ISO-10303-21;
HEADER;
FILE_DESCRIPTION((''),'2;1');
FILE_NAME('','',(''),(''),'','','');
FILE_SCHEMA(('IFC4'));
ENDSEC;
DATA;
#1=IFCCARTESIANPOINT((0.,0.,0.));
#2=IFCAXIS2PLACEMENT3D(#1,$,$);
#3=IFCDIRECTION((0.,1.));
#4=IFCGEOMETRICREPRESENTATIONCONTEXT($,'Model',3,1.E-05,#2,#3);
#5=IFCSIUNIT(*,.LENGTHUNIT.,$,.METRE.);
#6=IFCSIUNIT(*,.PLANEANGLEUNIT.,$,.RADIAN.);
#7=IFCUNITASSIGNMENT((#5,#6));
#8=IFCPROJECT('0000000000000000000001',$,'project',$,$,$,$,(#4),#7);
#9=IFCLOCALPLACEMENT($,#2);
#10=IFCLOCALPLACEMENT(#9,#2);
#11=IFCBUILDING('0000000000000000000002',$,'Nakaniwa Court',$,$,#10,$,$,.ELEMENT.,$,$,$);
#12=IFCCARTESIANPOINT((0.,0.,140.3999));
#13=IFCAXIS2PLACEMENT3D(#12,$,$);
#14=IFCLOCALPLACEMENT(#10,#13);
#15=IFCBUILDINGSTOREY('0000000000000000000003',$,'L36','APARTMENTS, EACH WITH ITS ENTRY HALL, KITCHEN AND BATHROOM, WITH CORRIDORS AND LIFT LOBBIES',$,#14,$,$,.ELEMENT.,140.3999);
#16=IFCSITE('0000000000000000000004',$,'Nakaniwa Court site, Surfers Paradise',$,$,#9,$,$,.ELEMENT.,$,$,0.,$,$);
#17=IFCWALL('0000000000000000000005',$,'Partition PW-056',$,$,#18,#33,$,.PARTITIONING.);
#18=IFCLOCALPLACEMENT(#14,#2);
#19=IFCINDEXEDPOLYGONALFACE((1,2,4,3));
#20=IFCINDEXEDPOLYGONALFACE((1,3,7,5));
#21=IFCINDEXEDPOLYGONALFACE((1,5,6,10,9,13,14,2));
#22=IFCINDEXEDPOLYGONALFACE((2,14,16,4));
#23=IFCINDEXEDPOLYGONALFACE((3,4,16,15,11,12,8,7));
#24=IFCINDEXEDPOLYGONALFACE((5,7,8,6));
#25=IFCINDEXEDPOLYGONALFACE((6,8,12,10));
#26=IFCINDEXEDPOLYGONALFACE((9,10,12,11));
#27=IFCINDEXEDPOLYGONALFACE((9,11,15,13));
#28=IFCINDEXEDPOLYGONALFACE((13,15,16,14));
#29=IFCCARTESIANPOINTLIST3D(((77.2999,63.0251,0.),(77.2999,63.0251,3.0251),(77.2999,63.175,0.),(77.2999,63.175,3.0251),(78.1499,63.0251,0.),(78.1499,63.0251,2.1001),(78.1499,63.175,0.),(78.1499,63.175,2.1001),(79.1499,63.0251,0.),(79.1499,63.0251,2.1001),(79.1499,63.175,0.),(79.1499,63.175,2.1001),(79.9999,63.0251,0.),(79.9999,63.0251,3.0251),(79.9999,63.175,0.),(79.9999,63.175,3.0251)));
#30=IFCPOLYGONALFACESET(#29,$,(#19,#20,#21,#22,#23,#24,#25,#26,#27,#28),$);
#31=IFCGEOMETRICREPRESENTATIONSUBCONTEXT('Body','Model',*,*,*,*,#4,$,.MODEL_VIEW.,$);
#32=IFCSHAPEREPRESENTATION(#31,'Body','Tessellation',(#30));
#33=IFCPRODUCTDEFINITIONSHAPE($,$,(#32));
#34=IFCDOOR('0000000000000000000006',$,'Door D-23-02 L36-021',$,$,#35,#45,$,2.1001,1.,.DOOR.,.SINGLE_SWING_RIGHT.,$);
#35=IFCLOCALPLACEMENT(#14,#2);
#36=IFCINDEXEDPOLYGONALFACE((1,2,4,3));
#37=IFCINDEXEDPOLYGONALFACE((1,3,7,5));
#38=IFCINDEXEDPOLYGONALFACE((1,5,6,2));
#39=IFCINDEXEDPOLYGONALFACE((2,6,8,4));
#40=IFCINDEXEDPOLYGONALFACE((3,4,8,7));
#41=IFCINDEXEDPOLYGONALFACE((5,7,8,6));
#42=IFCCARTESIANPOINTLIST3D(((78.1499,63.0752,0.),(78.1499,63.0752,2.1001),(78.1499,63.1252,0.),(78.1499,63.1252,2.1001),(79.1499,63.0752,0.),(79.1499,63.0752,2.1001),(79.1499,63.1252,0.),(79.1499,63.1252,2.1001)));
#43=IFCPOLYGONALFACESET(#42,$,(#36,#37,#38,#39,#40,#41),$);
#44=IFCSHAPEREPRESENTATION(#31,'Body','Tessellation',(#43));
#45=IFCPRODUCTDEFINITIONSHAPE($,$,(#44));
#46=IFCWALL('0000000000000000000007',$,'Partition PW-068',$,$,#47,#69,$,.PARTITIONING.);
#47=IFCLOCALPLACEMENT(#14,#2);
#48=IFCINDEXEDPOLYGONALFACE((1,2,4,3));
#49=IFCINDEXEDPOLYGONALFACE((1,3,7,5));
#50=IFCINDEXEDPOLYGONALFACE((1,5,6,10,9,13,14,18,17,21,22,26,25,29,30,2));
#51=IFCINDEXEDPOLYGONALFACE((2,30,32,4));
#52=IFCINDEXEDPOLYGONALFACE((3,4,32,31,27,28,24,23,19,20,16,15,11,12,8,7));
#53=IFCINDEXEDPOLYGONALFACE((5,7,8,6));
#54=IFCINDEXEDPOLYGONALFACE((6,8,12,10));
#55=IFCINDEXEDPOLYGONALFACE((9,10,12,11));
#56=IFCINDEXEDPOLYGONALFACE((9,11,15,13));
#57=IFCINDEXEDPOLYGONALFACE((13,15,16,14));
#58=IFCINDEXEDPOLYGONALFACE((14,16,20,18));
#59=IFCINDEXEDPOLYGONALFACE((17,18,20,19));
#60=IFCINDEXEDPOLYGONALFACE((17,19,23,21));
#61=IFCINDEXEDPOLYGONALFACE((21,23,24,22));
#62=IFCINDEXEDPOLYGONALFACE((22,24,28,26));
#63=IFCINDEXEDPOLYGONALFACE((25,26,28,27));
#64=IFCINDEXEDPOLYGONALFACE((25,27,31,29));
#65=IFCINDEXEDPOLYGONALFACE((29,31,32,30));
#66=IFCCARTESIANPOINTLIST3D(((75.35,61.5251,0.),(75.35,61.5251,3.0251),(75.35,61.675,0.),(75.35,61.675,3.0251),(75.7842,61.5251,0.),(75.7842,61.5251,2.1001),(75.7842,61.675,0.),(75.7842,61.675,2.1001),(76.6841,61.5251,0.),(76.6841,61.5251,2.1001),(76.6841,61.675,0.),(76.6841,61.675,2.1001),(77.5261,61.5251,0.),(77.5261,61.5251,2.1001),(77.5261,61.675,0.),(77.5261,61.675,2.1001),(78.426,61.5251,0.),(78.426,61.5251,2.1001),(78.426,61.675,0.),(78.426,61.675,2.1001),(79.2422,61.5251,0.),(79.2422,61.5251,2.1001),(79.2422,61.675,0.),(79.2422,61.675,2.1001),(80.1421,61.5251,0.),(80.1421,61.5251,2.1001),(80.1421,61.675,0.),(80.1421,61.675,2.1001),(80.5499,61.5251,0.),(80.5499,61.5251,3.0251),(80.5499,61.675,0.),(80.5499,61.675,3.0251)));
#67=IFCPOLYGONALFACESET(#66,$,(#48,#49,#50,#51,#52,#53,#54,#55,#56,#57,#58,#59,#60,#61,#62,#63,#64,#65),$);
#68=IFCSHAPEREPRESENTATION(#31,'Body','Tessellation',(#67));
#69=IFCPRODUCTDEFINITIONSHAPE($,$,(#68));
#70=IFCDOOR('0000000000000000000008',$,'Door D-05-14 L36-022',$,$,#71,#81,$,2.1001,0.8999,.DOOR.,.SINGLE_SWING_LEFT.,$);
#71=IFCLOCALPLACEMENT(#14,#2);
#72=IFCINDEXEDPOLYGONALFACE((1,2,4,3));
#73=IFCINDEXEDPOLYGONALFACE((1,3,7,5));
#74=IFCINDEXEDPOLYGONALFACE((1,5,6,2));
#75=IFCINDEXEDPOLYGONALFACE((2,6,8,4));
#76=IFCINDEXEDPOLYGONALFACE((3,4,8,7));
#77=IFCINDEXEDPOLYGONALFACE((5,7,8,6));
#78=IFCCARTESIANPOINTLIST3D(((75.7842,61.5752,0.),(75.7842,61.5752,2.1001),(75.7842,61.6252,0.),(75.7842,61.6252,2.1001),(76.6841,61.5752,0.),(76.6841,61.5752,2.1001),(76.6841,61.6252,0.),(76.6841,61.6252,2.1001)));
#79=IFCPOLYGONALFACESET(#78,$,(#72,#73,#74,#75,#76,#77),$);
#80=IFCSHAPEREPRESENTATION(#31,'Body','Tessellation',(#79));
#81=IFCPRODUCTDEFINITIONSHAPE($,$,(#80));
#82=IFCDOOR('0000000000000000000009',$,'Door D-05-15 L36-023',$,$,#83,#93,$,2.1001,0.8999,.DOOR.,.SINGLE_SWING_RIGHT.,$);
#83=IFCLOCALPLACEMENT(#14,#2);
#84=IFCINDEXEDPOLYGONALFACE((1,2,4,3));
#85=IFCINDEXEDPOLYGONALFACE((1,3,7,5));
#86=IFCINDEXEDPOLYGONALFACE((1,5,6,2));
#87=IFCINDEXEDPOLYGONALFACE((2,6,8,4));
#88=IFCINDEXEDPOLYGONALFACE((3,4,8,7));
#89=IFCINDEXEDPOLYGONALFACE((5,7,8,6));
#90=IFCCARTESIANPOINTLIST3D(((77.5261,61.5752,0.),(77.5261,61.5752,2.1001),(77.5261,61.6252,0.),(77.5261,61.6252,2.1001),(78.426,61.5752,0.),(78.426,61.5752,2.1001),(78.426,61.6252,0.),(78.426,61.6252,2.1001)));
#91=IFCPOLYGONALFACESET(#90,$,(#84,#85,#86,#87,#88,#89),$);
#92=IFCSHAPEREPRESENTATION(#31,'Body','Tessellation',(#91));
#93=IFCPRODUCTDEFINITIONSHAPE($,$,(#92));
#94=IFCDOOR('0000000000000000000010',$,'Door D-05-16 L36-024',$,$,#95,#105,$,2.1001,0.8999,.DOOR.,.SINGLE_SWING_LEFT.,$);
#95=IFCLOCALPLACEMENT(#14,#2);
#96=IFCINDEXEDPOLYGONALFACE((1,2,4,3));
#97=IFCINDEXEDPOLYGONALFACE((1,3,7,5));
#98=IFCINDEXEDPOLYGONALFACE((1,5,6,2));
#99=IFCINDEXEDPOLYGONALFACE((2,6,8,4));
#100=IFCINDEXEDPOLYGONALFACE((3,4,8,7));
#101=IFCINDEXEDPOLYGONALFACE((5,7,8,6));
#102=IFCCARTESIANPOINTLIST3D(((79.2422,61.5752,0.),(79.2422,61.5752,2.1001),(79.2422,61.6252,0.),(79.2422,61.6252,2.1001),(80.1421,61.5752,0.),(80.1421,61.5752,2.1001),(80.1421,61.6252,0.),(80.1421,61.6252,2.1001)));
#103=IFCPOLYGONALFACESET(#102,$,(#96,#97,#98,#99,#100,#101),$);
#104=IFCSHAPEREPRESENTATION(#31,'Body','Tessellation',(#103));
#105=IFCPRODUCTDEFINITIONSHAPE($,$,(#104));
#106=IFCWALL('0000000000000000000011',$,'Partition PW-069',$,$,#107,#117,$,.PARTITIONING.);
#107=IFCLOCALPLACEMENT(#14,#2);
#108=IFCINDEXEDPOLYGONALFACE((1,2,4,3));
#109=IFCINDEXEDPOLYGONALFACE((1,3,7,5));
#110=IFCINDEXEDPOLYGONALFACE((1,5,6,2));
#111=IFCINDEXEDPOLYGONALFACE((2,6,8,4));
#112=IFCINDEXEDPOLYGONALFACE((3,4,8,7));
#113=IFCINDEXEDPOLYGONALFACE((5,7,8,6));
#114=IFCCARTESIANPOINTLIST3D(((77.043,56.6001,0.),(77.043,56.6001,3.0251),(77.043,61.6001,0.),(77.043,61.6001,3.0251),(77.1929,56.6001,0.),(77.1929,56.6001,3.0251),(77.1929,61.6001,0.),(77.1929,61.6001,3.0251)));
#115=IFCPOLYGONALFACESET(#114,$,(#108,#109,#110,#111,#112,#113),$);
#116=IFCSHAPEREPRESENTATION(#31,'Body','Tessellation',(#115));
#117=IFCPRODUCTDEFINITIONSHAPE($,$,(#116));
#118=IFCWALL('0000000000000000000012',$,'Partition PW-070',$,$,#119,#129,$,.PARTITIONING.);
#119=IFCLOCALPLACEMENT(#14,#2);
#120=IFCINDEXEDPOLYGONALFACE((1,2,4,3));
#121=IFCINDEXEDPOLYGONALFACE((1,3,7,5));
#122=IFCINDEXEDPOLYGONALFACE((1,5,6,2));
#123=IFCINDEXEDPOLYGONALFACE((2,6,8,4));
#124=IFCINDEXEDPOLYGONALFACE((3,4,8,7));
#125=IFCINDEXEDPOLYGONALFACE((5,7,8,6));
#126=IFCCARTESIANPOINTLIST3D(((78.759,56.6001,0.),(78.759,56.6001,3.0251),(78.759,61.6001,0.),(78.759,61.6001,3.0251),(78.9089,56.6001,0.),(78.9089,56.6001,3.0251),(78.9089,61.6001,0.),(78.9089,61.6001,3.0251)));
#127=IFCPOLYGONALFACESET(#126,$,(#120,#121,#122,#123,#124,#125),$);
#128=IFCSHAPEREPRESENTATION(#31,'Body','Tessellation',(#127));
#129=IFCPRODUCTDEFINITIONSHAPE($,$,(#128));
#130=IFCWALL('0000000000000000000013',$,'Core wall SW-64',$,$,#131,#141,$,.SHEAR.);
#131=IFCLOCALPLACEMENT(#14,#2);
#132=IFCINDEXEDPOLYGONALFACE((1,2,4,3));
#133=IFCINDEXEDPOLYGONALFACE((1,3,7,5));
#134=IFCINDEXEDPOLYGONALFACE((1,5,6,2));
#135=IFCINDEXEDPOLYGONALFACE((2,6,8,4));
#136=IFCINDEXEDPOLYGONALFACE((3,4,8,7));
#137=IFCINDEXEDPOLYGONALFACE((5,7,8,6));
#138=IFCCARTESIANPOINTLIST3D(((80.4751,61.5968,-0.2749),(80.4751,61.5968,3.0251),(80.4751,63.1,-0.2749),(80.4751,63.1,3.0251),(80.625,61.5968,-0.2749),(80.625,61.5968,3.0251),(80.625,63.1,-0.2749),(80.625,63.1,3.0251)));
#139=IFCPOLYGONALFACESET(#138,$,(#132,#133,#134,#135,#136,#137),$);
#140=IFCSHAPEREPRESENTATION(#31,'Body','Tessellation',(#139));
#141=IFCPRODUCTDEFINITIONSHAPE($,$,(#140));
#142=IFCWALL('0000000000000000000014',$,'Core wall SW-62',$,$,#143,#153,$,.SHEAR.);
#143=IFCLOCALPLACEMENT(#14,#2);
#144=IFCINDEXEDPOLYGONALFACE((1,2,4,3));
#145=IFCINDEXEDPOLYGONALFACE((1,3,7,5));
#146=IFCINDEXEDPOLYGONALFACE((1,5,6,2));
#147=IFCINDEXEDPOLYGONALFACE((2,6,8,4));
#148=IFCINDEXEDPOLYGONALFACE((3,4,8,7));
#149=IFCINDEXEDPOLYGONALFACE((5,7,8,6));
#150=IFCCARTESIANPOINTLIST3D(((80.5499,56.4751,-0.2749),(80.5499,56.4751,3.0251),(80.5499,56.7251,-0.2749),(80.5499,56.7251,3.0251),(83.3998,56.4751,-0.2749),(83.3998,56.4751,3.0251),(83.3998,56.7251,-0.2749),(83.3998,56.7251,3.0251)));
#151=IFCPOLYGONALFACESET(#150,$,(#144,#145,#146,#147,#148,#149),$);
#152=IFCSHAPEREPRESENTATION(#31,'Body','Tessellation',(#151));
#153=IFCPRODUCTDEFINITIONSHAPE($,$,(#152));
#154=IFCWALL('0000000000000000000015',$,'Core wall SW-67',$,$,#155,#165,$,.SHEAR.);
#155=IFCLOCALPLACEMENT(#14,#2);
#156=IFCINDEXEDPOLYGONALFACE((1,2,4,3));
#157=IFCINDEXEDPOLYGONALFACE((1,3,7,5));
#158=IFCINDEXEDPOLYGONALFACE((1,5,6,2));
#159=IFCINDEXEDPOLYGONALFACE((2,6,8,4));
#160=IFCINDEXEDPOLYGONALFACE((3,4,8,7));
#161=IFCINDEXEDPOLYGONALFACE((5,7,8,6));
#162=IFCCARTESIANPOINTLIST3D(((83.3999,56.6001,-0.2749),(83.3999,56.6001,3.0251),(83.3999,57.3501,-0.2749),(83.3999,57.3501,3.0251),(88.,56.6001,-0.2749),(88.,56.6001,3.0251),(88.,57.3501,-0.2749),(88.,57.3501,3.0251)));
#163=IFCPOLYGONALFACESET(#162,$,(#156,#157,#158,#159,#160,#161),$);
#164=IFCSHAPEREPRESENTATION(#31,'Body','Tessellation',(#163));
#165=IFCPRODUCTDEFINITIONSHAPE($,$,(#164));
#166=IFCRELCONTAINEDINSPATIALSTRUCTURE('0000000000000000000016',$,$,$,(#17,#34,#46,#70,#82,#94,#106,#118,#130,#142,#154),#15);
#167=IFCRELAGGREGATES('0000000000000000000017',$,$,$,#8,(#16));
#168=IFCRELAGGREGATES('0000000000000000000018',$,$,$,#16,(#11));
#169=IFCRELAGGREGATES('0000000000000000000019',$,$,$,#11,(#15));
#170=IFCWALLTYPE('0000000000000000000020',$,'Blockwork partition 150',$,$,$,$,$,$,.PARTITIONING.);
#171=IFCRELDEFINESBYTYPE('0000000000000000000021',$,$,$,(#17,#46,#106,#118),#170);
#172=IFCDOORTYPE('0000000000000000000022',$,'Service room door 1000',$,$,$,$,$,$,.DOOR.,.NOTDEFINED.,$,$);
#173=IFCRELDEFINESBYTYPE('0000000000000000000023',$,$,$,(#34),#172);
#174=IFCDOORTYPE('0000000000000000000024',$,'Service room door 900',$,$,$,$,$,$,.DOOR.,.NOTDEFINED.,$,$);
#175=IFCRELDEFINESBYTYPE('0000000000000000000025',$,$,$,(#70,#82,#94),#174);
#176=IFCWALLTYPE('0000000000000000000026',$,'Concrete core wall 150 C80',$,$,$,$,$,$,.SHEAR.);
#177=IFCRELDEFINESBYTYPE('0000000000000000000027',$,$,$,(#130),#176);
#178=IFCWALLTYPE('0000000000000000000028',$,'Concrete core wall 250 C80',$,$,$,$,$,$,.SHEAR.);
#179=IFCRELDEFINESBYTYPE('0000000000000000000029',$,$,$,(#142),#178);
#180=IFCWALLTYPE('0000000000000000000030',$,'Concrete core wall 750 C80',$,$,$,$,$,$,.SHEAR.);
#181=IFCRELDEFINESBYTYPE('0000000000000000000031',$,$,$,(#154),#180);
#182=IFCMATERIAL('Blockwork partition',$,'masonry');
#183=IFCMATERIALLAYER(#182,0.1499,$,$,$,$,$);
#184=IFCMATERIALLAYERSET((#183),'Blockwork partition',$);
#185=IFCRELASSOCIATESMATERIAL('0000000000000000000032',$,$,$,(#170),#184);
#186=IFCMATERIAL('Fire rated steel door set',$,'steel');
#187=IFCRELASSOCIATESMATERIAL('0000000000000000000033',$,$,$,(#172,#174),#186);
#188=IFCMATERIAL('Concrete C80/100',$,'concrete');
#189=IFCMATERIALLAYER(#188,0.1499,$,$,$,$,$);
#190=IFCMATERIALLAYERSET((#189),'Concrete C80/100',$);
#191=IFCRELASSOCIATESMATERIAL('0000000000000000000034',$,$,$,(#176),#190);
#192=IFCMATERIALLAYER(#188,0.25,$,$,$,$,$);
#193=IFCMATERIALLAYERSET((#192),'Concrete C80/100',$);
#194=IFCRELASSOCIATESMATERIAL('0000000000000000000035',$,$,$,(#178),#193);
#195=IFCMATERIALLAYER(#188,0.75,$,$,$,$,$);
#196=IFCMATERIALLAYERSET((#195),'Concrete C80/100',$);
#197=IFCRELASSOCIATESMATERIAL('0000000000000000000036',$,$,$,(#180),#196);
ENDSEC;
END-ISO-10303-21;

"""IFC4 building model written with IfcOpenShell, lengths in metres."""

from ifc_helpers import new_model, si_unit, direction, frame, frame_2d, origin, place, context, subcontext, project, spatial, rectangle, extrude, material, layer, layer_set, type_object, element, fill, save


model = new_model("IFC4")

# Units and contexts
model_context = context("Model", 3, precision=1e-05, world=origin(), true_north=direction((0.0, 1.0)))
body_context = subcontext(model_context, "Body", "Model", "MODEL_VIEW")
ifc_project = project(units=[si_unit("LENGTHUNIT", "METRE"), si_unit("PLANEANGLEUNIT", "RADIAN")], contexts=[model_context])

# Site, building, storey
site_placement = place(None, origin())
site = spatial("IfcSite", under=ifc_project, at=site_placement, Name="Nakaniwa Court site, Surfers Paradise", CompositionType="ELEMENT", RefElevation=0.0)
building_placement = place(site_placement, origin())
building = spatial("IfcBuilding", under=site, at=building_placement, Name="Nakaniwa Court", CompositionType="ELEMENT")
storey_placement = place(building_placement, frame((0.0, 0.0, 140.3999)))
storey = spatial("IfcBuildingStorey", under=building, at=storey_placement, Name="L36", Description="APARTMENTS, EACH WITH ITS ENTRY HALL, KITCHEN AND BATHROOM, WITH CORRIDORS AND LIFT LOBBIES", CompositionType="ELEMENT", Elevation=140.3999)

# Wall, opening, door
ifc_material_1 = material(Name="Blockwork partition", Category="masonry")
ifc_layer_1 = layer(ifc_material_1, 0.1499)
ifc_layer_set_1 = layer_set([ifc_layer_1], Name="Blockwork partition")
wall_type_1 = type_object("IfcWallType", Name="Blockwork partition 150", PredefinedType="PARTITIONING", material=ifc_layer_set_1)
wall_1_placement = place(storey_placement, frame((80.0, 63.1001, 0.0), z_axis=(0.0, 0.0, 1.0), x_axis=(-1.0, 0.0, 0.0)))
wall_1 = element("IfcWall", 1, at=wall_1_placement, inside=storey, type_object=wall_type_1, Name="Partition PW-056", PredefinedType="PARTITIONING", context=body_context, shape_type="SweptSolid", body=[
    extrude(rectangle(XDim=2.7, YDim=0.1499, at=frame_2d((1.3501, 0.0))), origin(), (0.0, 0.0, 1.0), 3.0251),
])
opening_1_placement = place(wall_1_placement, frame((0.8501, 0.0, 0.0)))
opening_1 = element("IfcOpeningElement", 2, at=opening_1_placement, cuts=wall_1, PredefinedType="OPENING", context=body_context, shape_type="SweptSolid", body=[
    extrude(rectangle(XDim=1.0, YDim=2.1001, at=frame_2d((0.5, 1.05))), frame((0.0, 0.085, 0.0), z_axis=(0.0, -1.0, 0.0), x_axis=(1.0, 0.0, 0.0)), (0.0, 0.0, 1.0), 0.1699),
])
ifc_material_2 = material(Name="Fire rated steel door set", Category="steel")
door_type_1 = type_object("IfcDoorType", Name="Service room door 1000", OperationType="NOTDEFINED", PredefinedType="DOOR", material=ifc_material_2)
door_1_placement = place(opening_1_placement, origin())
door_1 = element("IfcDoor", 3, at=door_1_placement, inside=storey, type_object=door_type_1, Name="Door D-23-02 L36-021", OperationType="SINGLE_SWING_RIGHT", OverallHeight=2.1001, OverallWidth=1.0, PredefinedType="DOOR", context=body_context, shape_type="SweptSolid", body=[
    extrude(rectangle(XDim=1.0, YDim=2.1001, at=frame_2d((0.5, 1.05))), frame((0.0, 0.0249, 0.0), z_axis=(0.0, -1.0, 0.0), x_axis=(1.0, 0.0, 0.0)), (0.0, 0.0, 1.0), 0.05),
])
fill(opening_1, door_1)

# Wall, openings, doors
wall_2_placement = place(storey_placement, frame((80.55, 61.6001, 0.0), z_axis=(0.0, 0.0, 1.0), x_axis=(-1.0, 0.0, 0.0)))
wall_2 = element("IfcWall", 4, at=wall_2_placement, inside=storey, type_object=wall_type_1, Name="Partition PW-068", PredefinedType="PARTITIONING", context=body_context, shape_type="SweptSolid", body=[
    extrude(rectangle(XDim=5.2, YDim=0.1499, at=frame_2d((2.6001, 0.0))), origin(), (0.0, 0.0, 1.0), 3.0251),
])
opening_2_placement = place(wall_2_placement, frame((3.866, 0.0, 0.0)))
opening_2 = element("IfcOpeningElement", 5, at=opening_2_placement, cuts=wall_2, PredefinedType="OPENING", context=body_context, shape_type="SweptSolid", body=[
    extrude(rectangle(XDim=0.8999, YDim=2.1001, at=frame_2d((0.45, 1.05))), frame((0.0, 0.085, 0.0), z_axis=(0.0, -1.0, 0.0), x_axis=(1.0, 0.0, 0.0)), (0.0, 0.0, 1.0), 0.1699),
])
opening_3_placement = place(wall_2_placement, frame((2.124, 0.0, 0.0)))
opening_3 = element("IfcOpeningElement", 6, at=opening_3_placement, cuts=wall_2, PredefinedType="OPENING", context=body_context, shape_type="SweptSolid", body=[
    extrude(rectangle(XDim=0.8999, YDim=2.1001, at=frame_2d((0.45, 1.05))), frame((0.0, 0.085, 0.0), z_axis=(0.0, -1.0, 0.0), x_axis=(1.0, 0.0, 0.0)), (0.0, 0.0, 1.0), 0.1699),
])
opening_4_placement = place(wall_2_placement, frame((0.408, 0.0, 0.0)))
opening_4 = element("IfcOpeningElement", 7, at=opening_4_placement, cuts=wall_2, PredefinedType="OPENING", context=body_context, shape_type="SweptSolid", body=[
    extrude(rectangle(XDim=0.8999, YDim=2.1001, at=frame_2d((0.45, 1.05))), frame((0.0, 0.085, 0.0), z_axis=(0.0, -1.0, 0.0), x_axis=(1.0, 0.0, 0.0)), (0.0, 0.0, 1.0), 0.1699),
])
door_type_2 = type_object("IfcDoorType", Name="Service room door 900", OperationType="NOTDEFINED", PredefinedType="DOOR", material=ifc_material_2)
door_2_placement = place(opening_2_placement, origin())
door_2 = element("IfcDoor", 8, at=door_2_placement, inside=storey, type_object=door_type_2, Name="Door D-05-14 L36-022", OperationType="SINGLE_SWING_LEFT", OverallHeight=2.1001, OverallWidth=0.8999, PredefinedType="DOOR", context=body_context, shape_type="SweptSolid", body=[
    extrude(rectangle(XDim=0.8999, YDim=2.1001, at=frame_2d((0.45, 1.05))), frame((0.0, 0.0249, 0.0), z_axis=(0.0, -1.0, 0.0), x_axis=(1.0, 0.0, 0.0)), (0.0, 0.0, 1.0), 0.05),
])
fill(opening_2, door_2)
door_3_placement = place(opening_3_placement, origin())
door_3 = element("IfcDoor", 9, at=door_3_placement, inside=storey, type_object=door_type_2, Name="Door D-05-15 L36-023", OperationType="SINGLE_SWING_RIGHT", OverallHeight=2.1001, OverallWidth=0.8999, PredefinedType="DOOR", context=body_context, shape_type="SweptSolid", body=[
    extrude(rectangle(XDim=0.8999, YDim=2.1001, at=frame_2d((0.45, 1.05))), frame((0.0, 0.0249, 0.0), z_axis=(0.0, -1.0, 0.0), x_axis=(1.0, 0.0, 0.0)), (0.0, 0.0, 1.0), 0.05),
])
fill(opening_3, door_3)
door_4_placement = place(opening_4_placement, origin())
door_4 = element("IfcDoor", 10, at=door_4_placement, inside=storey, type_object=door_type_2, Name="Door D-05-16 L36-024", OperationType="SINGLE_SWING_LEFT", OverallHeight=2.1001, OverallWidth=0.8999, PredefinedType="DOOR", context=body_context, shape_type="SweptSolid", body=[
    extrude(rectangle(XDim=0.8999, YDim=2.1001, at=frame_2d((0.45, 1.05))), frame((0.0, 0.0249, 0.0), z_axis=(0.0, -1.0, 0.0), x_axis=(1.0, 0.0, 0.0)), (0.0, 0.0, 1.0), 0.05),
])
fill(opening_4, door_4)

# Walls
for number, where, z_axis, x_axis, name in (
    (11, (77.1179, 56.6001, 0.0), (0.0, 0.0, 1.0), (0.0, 1.0, 0.0), "Partition PW-069"),
    (12, (78.834, 56.6001, 0.0), (0.0, 0.0, 1.0), (0.0, 1.0, 0.0), "Partition PW-070"),
):
    element("IfcWall", number, at=place(storey_placement, frame(where, z_axis=z_axis, x_axis=x_axis)), inside=storey, type_object=wall_type_1, Name=name, PredefinedType="PARTITIONING", context=body_context, shape_type="SweptSolid", body=[
        extrude(rectangle(XDim=5.0, YDim=0.1499, at=frame_2d((2.5, 0.0))), origin(), (0.0, 0.0, 1.0), 3.0251),
    ])
ifc_material_3 = material(Name="Concrete C80/100", Category="concrete")
ifc_layer_2 = layer(ifc_material_3, 0.1499)
ifc_layer_set_2 = layer_set([ifc_layer_2], Name="Concrete C80/100")
wall_type_2 = type_object("IfcWallType", Name="Concrete core wall 150 C80", PredefinedType="SHEAR", material=ifc_layer_set_2)
wall_3_placement = place(storey_placement, frame((80.55, 61.5969, -0.2749), z_axis=(0.0, 0.0, 1.0), x_axis=(0.0, 1.0, 0.0)))
element("IfcWall", 13, at=wall_3_placement, inside=storey, type_object=wall_type_2, Name="Core wall SW-64", PredefinedType="SHEAR", context=body_context, shape_type="SweptSolid", body=[
    extrude(rectangle(XDim=1.5032, YDim=0.1499, at=frame_2d((0.7515, 0.0))), origin(), (0.0, 0.0, 1.0), 3.3),
])
ifc_layer_3 = layer(ifc_material_3, 0.25)
ifc_layer_set_3 = layer_set([ifc_layer_3], Name="Concrete C80/100")
wall_type_3 = type_object("IfcWallType", Name="Concrete core wall 250 C80", PredefinedType="SHEAR", material=ifc_layer_set_3)
wall_4_placement = place(storey_placement, frame((80.55, 56.6001, -0.2749), z_axis=(0.0, 0.0, 1.0), x_axis=(1.0, 0.0, 0.0)))
element("IfcWall", 14, at=wall_4_placement, inside=storey, type_object=wall_type_3, Name="Core wall SW-62", PredefinedType="SHEAR", context=body_context, shape_type="SweptSolid", body=[
    extrude(rectangle(XDim=2.8499, YDim=0.25, at=frame_2d((1.4248, 0.0))), origin(), (0.0, 0.0, 1.0), 3.3),
])
ifc_layer_4 = layer(ifc_material_3, 0.75)
ifc_layer_set_4 = layer_set([ifc_layer_4], Name="Concrete C80/100")
wall_type_4 = type_object("IfcWallType", Name="Concrete core wall 750 C80", PredefinedType="SHEAR", material=ifc_layer_set_4)
wall_5_placement = place(storey_placement, frame((83.3999, 56.9751, -0.2749), z_axis=(0.0, 0.0, 1.0), x_axis=(1.0, 0.0, 0.0)))
element("IfcWall", 15, at=wall_5_placement, inside=storey, type_object=wall_type_4, Name="Core wall SW-67", PredefinedType="SHEAR", context=body_context, shape_type="SweptSolid", body=[
    extrude(rectangle(XDim=4.6001, YDim=0.75, at=frame_2d((2.3, 0.0))), origin(), (0.0, 0.0, 1.0), 3.3),
])

save(model, "model.ifc")
